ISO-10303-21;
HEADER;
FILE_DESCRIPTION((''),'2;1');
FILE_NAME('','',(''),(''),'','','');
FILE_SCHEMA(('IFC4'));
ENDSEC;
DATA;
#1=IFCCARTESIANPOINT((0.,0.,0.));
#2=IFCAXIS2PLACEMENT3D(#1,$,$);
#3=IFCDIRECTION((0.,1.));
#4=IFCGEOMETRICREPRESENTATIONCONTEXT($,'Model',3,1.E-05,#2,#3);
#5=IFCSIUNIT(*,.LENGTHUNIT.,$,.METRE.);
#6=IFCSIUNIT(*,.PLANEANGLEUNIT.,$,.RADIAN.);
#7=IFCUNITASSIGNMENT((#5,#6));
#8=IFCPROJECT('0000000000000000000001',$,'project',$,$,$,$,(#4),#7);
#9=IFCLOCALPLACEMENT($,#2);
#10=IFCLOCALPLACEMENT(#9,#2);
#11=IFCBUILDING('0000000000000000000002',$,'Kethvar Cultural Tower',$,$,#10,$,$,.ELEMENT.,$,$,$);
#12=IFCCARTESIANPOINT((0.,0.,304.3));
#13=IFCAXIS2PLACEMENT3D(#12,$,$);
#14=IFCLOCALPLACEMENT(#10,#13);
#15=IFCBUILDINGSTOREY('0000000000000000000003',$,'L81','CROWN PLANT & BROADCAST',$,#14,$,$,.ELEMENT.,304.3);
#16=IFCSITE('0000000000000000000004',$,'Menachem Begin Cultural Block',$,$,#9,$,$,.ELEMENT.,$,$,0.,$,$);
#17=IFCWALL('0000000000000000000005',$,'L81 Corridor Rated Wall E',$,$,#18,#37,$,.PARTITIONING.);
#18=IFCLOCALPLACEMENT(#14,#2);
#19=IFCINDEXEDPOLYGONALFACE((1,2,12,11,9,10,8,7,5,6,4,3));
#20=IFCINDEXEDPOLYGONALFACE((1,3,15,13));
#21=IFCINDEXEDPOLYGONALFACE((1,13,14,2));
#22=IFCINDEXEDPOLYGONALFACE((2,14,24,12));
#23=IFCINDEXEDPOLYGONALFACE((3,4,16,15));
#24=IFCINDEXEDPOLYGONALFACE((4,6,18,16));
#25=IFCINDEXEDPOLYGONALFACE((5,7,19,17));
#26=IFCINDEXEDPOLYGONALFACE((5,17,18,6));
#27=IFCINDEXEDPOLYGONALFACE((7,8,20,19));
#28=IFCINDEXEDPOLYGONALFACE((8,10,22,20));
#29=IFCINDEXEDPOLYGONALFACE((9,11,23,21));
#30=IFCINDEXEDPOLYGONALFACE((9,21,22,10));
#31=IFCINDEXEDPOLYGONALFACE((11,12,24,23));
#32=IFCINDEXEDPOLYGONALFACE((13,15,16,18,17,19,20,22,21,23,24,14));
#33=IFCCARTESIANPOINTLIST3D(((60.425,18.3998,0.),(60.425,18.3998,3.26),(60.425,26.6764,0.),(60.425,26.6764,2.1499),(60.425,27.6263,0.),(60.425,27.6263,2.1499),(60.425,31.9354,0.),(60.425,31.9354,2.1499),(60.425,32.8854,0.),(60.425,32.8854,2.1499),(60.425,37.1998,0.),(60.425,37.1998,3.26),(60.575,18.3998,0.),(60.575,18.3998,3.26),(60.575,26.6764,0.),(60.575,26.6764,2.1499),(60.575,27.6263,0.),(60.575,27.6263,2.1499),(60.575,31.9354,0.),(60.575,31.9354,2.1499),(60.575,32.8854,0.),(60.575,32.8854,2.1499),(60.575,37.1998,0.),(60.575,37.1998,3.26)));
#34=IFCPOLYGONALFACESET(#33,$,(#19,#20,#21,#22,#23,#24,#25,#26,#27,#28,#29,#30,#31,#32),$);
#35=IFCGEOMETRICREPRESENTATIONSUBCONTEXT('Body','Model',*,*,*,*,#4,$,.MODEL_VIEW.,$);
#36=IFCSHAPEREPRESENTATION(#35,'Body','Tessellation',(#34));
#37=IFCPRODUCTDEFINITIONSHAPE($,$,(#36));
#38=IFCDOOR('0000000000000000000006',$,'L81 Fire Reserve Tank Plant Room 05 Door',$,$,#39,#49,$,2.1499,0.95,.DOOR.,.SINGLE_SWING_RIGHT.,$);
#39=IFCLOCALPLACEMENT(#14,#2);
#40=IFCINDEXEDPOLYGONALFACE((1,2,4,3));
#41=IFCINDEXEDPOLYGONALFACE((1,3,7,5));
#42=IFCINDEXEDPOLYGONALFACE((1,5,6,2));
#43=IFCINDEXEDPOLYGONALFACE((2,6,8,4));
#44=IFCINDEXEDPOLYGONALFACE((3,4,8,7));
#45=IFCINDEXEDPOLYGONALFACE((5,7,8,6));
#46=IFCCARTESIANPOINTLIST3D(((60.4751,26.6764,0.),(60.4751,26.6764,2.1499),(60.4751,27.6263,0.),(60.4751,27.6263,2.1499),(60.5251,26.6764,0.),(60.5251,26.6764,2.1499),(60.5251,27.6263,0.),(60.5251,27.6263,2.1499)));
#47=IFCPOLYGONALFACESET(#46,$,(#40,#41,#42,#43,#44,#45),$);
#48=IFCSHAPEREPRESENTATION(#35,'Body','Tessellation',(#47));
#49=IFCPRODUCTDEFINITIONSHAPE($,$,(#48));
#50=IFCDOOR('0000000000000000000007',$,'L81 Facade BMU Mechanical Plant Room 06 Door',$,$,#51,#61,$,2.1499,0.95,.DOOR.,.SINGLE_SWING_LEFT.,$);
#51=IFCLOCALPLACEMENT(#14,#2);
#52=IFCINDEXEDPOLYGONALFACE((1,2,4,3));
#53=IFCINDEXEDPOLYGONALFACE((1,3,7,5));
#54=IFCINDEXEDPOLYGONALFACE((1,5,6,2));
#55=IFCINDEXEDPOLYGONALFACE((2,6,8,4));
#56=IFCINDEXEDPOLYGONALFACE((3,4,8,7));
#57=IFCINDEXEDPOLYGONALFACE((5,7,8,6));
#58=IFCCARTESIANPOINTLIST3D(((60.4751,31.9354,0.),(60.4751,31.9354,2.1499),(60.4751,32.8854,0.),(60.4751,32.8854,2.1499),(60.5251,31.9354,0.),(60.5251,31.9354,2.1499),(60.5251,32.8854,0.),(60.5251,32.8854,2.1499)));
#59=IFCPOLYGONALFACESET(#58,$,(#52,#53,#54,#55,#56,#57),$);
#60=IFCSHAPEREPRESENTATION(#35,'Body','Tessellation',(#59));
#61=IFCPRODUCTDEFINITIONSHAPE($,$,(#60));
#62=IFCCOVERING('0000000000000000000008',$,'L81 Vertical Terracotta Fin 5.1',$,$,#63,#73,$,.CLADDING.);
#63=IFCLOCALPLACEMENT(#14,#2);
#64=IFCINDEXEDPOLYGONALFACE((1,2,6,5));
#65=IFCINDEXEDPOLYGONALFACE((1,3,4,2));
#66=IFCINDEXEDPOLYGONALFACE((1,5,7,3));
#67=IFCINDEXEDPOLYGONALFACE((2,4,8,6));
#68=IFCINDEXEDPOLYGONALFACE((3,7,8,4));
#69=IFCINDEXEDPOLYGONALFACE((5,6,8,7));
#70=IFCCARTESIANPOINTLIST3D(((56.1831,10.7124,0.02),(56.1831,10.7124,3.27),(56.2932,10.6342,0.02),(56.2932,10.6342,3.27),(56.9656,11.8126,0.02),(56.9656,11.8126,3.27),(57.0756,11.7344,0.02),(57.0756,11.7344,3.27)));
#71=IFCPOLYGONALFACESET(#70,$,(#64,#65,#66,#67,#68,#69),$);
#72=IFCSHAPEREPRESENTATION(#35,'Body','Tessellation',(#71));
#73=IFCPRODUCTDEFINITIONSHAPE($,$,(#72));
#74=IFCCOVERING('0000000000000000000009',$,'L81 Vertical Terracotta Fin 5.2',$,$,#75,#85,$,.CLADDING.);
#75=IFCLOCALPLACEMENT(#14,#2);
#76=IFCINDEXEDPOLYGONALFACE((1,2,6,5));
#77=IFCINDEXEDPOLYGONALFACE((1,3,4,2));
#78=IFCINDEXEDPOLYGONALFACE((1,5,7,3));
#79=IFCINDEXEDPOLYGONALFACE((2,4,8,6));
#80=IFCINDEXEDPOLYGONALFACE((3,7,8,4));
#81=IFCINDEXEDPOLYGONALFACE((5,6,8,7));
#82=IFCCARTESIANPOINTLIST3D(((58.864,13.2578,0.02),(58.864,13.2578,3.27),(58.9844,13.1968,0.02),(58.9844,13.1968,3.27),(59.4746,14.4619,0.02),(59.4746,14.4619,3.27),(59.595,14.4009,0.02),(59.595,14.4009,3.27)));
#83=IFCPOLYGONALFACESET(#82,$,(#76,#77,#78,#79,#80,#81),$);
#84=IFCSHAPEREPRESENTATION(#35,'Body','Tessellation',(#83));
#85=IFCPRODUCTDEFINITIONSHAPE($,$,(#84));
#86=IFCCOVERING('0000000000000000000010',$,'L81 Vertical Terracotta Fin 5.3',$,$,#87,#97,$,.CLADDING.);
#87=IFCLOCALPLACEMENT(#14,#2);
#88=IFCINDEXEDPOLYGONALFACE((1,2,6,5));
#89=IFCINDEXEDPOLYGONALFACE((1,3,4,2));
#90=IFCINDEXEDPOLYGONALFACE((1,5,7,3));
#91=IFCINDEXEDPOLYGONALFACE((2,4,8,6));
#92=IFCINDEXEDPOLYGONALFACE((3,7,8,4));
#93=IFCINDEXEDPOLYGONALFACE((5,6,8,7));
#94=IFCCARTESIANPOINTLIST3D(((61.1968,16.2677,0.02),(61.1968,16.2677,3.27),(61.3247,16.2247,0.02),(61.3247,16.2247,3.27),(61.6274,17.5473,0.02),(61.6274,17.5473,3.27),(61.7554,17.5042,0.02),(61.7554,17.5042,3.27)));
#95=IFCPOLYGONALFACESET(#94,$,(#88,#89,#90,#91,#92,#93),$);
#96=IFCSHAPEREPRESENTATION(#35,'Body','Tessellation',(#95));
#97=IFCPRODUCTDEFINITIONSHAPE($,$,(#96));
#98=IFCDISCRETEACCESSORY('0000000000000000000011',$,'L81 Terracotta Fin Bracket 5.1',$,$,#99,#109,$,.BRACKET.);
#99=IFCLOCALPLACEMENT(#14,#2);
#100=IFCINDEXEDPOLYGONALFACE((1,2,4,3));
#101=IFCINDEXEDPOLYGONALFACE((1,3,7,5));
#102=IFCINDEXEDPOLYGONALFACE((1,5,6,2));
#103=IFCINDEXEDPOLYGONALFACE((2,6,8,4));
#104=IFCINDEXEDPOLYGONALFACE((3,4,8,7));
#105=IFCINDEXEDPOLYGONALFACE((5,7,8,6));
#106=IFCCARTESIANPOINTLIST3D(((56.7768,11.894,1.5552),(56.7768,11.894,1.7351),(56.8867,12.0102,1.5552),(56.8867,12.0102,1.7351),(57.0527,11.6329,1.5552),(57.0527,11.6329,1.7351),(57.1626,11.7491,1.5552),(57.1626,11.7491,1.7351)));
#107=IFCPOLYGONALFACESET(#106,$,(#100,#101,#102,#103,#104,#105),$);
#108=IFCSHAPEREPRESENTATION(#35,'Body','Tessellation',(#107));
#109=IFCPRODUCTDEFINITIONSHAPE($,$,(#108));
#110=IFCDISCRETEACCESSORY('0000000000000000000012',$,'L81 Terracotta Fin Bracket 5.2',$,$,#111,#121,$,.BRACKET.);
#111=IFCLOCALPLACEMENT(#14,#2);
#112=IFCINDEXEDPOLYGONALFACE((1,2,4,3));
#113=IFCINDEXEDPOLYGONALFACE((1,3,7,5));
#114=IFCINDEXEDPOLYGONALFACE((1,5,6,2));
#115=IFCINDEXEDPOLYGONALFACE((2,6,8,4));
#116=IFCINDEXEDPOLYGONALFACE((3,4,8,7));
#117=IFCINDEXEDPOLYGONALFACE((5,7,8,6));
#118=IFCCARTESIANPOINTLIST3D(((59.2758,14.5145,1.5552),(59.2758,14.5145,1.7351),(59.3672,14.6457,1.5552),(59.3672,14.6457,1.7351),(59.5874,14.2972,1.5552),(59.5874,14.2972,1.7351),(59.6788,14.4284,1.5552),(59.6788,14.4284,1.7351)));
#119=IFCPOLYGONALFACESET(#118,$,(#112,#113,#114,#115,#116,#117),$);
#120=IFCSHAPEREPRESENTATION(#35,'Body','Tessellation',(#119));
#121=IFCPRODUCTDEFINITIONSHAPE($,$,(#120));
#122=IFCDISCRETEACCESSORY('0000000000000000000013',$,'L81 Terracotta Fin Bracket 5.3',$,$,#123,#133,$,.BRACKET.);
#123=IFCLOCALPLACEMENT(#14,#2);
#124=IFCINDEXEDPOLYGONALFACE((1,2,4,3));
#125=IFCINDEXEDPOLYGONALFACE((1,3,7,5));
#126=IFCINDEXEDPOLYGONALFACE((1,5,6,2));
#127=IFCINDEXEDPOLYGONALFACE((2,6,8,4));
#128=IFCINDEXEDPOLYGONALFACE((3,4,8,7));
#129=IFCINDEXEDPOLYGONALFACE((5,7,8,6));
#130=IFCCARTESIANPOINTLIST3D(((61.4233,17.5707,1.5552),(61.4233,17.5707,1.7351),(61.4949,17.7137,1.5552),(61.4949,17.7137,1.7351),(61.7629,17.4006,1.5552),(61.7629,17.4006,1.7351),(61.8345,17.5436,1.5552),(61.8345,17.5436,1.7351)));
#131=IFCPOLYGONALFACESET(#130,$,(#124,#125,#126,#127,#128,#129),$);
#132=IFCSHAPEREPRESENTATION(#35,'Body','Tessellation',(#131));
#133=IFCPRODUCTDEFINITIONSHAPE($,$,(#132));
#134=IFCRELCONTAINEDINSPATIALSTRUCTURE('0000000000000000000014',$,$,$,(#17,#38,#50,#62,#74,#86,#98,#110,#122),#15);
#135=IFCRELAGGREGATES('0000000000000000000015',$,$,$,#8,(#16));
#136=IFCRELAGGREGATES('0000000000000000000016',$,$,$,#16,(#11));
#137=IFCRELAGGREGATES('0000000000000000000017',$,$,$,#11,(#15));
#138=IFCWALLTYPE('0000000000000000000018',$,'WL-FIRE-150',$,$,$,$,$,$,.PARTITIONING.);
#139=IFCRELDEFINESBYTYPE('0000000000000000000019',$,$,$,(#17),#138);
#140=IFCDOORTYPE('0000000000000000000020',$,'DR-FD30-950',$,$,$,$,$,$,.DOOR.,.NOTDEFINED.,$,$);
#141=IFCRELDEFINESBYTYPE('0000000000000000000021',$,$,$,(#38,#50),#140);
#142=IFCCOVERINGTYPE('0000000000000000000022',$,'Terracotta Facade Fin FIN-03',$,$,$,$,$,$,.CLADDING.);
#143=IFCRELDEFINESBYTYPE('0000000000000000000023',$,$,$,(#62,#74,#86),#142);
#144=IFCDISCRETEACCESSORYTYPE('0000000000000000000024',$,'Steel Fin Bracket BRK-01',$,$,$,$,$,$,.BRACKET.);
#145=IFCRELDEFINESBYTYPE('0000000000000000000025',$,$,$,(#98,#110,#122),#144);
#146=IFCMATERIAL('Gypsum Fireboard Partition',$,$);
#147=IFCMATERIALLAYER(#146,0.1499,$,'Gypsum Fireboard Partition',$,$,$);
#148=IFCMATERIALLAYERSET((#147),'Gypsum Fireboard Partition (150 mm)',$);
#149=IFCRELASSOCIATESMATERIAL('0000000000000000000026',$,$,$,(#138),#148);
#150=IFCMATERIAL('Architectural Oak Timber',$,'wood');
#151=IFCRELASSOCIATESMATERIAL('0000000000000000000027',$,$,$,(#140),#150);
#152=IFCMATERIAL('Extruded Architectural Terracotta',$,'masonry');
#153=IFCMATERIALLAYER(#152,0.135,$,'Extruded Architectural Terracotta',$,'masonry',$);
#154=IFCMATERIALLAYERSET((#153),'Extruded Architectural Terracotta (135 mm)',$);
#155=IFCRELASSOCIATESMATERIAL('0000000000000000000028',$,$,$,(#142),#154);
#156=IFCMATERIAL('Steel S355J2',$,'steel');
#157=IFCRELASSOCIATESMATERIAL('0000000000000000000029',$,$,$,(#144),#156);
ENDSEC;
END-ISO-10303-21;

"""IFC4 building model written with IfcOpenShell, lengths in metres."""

from ifc_helpers import new_model, si_unit, direction, frame, frame_2d, origin, origin_2d, place, context, subcontext, project, spatial, rectangle, extrude, source, transform, mapped, material, layer, layer_set, type_object, element, fill, save


model = new_model("IFC4")

# Units and contexts
model_context = context("Model", 3, precision=1e-05, world=origin(), true_north=direction((0.0, 1.0)))
body_context = subcontext(model_context, "Body", "Model", "MODEL_VIEW")
ifc_project = project(units=[si_unit("LENGTHUNIT", "METRE"), si_unit("PLANEANGLEUNIT", "RADIAN")], contexts=[model_context])

# Site, building, storey
site_placement = place(None, origin())
site = spatial("IfcSite", under=ifc_project, at=site_placement, Name="Menachem Begin Cultural Block", CompositionType="ELEMENT", RefElevation=0.0)
building_placement = place(site_placement, origin())
building = spatial("IfcBuilding", under=site, at=building_placement, Name="Kethvar Cultural Tower", CompositionType="ELEMENT")
storey_placement = place(building_placement, frame((0.0, 0.0, 304.3)))
storey = spatial("IfcBuildingStorey", under=building, at=storey_placement, Name="L81", Description="CROWN PLANT & BROADCAST", CompositionType="ELEMENT", Elevation=304.3)

# Shared definitions
ifc_material_1 = material(Name="Steel S355J2", Category="steel")

# Wall, openings, doors
ifc_material_2 = material(Name="Gypsum Fireboard Partition")
ifc_layer_1 = layer(ifc_material_2, 0.1499, Name="Gypsum Fireboard Partition")
ifc_layer_set_1 = layer_set([ifc_layer_1], Name="Gypsum Fireboard Partition (150 mm)")
wall_type = type_object("IfcWallType", Name="WL-FIRE-150", PredefinedType="PARTITIONING", material=ifc_layer_set_1)
wall_placement = place(storey_placement, frame((60.5, 18.3999, 0.0), z_axis=(0.0, 0.0, 1.0), x_axis=(0.0, 1.0, 0.0)))
wall = element("IfcWall", 1, at=wall_placement, inside=storey, type_object=wall_type, Name="L81 Corridor Rated Wall E", PredefinedType="PARTITIONING", context=body_context, shape_type="SweptSolid", body=[
    extrude(rectangle(XDim=18.8, YDim=0.1499, at=frame_2d((9.3999, 0.0))), origin(), (0.0, 0.0, 1.0), 3.26),
])
opening_1_placement = place(wall_placement, frame((8.2764, 0.0, 0.0)))
opening_1 = element("IfcOpeningElement", 2, at=opening_1_placement, cuts=wall, PredefinedType="OPENING", context=body_context, shape_type="SweptSolid", body=[
    extrude(rectangle(XDim=0.95, YDim=2.1499, at=frame_2d((0.4751, 1.075))), frame((0.0, 0.085, 0.0), z_axis=(0.0, -1.0, 0.0), x_axis=(1.0, 0.0, 0.0)), (0.0, 0.0, 1.0), 0.1699),
])
opening_2_placement = place(wall_placement, frame((13.5354, 0.0, 0.0)))
opening_2 = element("IfcOpeningElement", 3, at=opening_2_placement, cuts=wall, PredefinedType="OPENING", context=body_context, shape_type="SweptSolid", body=[
    extrude(rectangle(XDim=0.95, YDim=2.1499, at=frame_2d((0.4751, 1.075))), frame((0.0, 0.085, 0.0), z_axis=(0.0, -1.0, 0.0), x_axis=(1.0, 0.0, 0.0)), (0.0, 0.0, 1.0), 0.1699),
])
ifc_material_3 = material(Name="Architectural Oak Timber", Category="wood")
door_type = type_object("IfcDoorType", Name="DR-FD30-950", OperationType="NOTDEFINED", PredefinedType="DOOR", material=ifc_material_3)
shared_shape_1 = source(origin(), body_context, "Body", "SweptSolid", [
    extrude(rectangle(XDim=0.95, YDim=2.1499, at=frame_2d((0.4751, 1.075))), frame((0.0, 0.0249, 0.0), z_axis=(0.0, -1.0, 0.0), x_axis=(1.0, 0.0, 0.0)), (0.0, 0.0, 1.0), 0.05),
])
door_1_placement = place(opening_1_placement, origin())
door_1 = element("IfcDoor", 4, at=door_1_placement, inside=storey, type_object=door_type, Name="L81 Fire Reserve Tank Plant Room 05 Door", OperationType="SINGLE_SWING_RIGHT", OverallHeight=2.1499, OverallWidth=0.95, PredefinedType="DOOR", context=body_context, shape_type="MappedRepresentation", body=[
    mapped(shared_shape_1, transform((0.0, 0.0, 0.0), scale=1.0)),
])
fill(opening_1, door_1)
door_2_placement = place(opening_2_placement, origin())
door_2 = element("IfcDoor", 5, at=door_2_placement, inside=storey, type_object=door_type, Name="L81 Facade BMU Mechanical Plant Room 06 Door", OperationType="SINGLE_SWING_LEFT", OverallHeight=2.1499, OverallWidth=0.95, PredefinedType="DOOR", context=body_context, shape_type="MappedRepresentation", body=[
    mapped(shared_shape_1, transform((0.0, 0.0, 0.0), scale=1.0)),
])
fill(opening_2, door_2)

# Coverings
ifc_material_4 = material(Name="Extruded Architectural Terracotta", Category="masonry")
ifc_layer_2 = layer(ifc_material_4, 0.135, Name="Extruded Architectural Terracotta", Category="masonry")
ifc_layer_set_2 = layer_set([ifc_layer_2], Name="Extruded Architectural Terracotta (135 mm)")
covering_type = type_object("IfcCoveringType", Name="Terracotta Facade Fin FIN-03", PredefinedType="CLADDING", material=ifc_layer_set_2)
shared_shape_2 = source(origin(), body_context, "Body", "SweptSolid", [
    extrude(rectangle(XDim=1.3501, YDim=0.135, at=origin_2d()), origin(), (0.0, 0.0, 1.0), 3.25),
])
for number, where, z_axis, x_axis, name in (
    (6, (56.6294, 11.2234, 0.02), (0.0, 0.0, 1.0), (-0.579566, -0.814926, 0.0), "L81 Vertical Terracotta Fin 5.1"),
    (7, (59.2295, 13.8293, 0.02), (0.0, 0.0, 1.0), (-0.452279, -0.891876, 0.0), "L81 Vertical Terracotta Fin 5.2"),
    (8, (61.4761, 16.886, 0.02), (0.0, 0.0, 1.0), (-0.318959, -0.947768, 0.0), "L81 Vertical Terracotta Fin 5.3"),
):
    element("IfcCovering", number, at=place(storey_placement, frame(where, z_axis=z_axis, x_axis=x_axis)), inside=storey, type_object=covering_type, Name=name, PredefinedType="CLADDING", context=body_context, shape_type="MappedRepresentation", body=[
        mapped(shared_shape_2, transform((0.0, 0.0, 0.0), scale=1.0)),
    ])

# Discrete accessories
discrete_accessory_type = type_object("IfcDiscreteAccessoryType", Name="Steel Fin Bracket BRK-01", PredefinedType="BRACKET", material=ifc_material_1)
shared_shape_3 = source(origin(), body_context, "Body", "SweptSolid", [
    extrude(rectangle(XDim=0.3799, YDim=0.1599, at=origin_2d()), origin(), (0.0, 0.0, 1.0), 0.1799),
])
for number, where, z_axis, x_axis, name in (
    (9, (56.9697, 11.8215, 1.5552), (0.0, 0.0, 1.0), (0.726335, -0.687341, 0.0), "L81 Terracotta Fin Bracket 5.1"),
    (10, (59.4773, 14.4714, 1.5552), (0.0, 0.0, 1.0), (0.820252, -0.572003, 0.0), "L81 Terracotta Fin Bracket 5.2"),
    (11, (61.6289, 17.5571, 1.5552), (0.0, 0.0, 1.0), (0.894154, -0.447759, 0.0), "L81 Terracotta Fin Bracket 5.3"),
):
    element("IfcDiscreteAccessory", number, at=place(storey_placement, frame(where, z_axis=z_axis, x_axis=x_axis)), inside=storey, type_object=discrete_accessory_type, Name=name, PredefinedType="BRACKET", context=body_context, shape_type="MappedRepresentation", body=[
        mapped(shared_shape_3, transform((0.0, 0.0, 0.0), scale=1.0)),
    ])

save(model, "model.ifc")
